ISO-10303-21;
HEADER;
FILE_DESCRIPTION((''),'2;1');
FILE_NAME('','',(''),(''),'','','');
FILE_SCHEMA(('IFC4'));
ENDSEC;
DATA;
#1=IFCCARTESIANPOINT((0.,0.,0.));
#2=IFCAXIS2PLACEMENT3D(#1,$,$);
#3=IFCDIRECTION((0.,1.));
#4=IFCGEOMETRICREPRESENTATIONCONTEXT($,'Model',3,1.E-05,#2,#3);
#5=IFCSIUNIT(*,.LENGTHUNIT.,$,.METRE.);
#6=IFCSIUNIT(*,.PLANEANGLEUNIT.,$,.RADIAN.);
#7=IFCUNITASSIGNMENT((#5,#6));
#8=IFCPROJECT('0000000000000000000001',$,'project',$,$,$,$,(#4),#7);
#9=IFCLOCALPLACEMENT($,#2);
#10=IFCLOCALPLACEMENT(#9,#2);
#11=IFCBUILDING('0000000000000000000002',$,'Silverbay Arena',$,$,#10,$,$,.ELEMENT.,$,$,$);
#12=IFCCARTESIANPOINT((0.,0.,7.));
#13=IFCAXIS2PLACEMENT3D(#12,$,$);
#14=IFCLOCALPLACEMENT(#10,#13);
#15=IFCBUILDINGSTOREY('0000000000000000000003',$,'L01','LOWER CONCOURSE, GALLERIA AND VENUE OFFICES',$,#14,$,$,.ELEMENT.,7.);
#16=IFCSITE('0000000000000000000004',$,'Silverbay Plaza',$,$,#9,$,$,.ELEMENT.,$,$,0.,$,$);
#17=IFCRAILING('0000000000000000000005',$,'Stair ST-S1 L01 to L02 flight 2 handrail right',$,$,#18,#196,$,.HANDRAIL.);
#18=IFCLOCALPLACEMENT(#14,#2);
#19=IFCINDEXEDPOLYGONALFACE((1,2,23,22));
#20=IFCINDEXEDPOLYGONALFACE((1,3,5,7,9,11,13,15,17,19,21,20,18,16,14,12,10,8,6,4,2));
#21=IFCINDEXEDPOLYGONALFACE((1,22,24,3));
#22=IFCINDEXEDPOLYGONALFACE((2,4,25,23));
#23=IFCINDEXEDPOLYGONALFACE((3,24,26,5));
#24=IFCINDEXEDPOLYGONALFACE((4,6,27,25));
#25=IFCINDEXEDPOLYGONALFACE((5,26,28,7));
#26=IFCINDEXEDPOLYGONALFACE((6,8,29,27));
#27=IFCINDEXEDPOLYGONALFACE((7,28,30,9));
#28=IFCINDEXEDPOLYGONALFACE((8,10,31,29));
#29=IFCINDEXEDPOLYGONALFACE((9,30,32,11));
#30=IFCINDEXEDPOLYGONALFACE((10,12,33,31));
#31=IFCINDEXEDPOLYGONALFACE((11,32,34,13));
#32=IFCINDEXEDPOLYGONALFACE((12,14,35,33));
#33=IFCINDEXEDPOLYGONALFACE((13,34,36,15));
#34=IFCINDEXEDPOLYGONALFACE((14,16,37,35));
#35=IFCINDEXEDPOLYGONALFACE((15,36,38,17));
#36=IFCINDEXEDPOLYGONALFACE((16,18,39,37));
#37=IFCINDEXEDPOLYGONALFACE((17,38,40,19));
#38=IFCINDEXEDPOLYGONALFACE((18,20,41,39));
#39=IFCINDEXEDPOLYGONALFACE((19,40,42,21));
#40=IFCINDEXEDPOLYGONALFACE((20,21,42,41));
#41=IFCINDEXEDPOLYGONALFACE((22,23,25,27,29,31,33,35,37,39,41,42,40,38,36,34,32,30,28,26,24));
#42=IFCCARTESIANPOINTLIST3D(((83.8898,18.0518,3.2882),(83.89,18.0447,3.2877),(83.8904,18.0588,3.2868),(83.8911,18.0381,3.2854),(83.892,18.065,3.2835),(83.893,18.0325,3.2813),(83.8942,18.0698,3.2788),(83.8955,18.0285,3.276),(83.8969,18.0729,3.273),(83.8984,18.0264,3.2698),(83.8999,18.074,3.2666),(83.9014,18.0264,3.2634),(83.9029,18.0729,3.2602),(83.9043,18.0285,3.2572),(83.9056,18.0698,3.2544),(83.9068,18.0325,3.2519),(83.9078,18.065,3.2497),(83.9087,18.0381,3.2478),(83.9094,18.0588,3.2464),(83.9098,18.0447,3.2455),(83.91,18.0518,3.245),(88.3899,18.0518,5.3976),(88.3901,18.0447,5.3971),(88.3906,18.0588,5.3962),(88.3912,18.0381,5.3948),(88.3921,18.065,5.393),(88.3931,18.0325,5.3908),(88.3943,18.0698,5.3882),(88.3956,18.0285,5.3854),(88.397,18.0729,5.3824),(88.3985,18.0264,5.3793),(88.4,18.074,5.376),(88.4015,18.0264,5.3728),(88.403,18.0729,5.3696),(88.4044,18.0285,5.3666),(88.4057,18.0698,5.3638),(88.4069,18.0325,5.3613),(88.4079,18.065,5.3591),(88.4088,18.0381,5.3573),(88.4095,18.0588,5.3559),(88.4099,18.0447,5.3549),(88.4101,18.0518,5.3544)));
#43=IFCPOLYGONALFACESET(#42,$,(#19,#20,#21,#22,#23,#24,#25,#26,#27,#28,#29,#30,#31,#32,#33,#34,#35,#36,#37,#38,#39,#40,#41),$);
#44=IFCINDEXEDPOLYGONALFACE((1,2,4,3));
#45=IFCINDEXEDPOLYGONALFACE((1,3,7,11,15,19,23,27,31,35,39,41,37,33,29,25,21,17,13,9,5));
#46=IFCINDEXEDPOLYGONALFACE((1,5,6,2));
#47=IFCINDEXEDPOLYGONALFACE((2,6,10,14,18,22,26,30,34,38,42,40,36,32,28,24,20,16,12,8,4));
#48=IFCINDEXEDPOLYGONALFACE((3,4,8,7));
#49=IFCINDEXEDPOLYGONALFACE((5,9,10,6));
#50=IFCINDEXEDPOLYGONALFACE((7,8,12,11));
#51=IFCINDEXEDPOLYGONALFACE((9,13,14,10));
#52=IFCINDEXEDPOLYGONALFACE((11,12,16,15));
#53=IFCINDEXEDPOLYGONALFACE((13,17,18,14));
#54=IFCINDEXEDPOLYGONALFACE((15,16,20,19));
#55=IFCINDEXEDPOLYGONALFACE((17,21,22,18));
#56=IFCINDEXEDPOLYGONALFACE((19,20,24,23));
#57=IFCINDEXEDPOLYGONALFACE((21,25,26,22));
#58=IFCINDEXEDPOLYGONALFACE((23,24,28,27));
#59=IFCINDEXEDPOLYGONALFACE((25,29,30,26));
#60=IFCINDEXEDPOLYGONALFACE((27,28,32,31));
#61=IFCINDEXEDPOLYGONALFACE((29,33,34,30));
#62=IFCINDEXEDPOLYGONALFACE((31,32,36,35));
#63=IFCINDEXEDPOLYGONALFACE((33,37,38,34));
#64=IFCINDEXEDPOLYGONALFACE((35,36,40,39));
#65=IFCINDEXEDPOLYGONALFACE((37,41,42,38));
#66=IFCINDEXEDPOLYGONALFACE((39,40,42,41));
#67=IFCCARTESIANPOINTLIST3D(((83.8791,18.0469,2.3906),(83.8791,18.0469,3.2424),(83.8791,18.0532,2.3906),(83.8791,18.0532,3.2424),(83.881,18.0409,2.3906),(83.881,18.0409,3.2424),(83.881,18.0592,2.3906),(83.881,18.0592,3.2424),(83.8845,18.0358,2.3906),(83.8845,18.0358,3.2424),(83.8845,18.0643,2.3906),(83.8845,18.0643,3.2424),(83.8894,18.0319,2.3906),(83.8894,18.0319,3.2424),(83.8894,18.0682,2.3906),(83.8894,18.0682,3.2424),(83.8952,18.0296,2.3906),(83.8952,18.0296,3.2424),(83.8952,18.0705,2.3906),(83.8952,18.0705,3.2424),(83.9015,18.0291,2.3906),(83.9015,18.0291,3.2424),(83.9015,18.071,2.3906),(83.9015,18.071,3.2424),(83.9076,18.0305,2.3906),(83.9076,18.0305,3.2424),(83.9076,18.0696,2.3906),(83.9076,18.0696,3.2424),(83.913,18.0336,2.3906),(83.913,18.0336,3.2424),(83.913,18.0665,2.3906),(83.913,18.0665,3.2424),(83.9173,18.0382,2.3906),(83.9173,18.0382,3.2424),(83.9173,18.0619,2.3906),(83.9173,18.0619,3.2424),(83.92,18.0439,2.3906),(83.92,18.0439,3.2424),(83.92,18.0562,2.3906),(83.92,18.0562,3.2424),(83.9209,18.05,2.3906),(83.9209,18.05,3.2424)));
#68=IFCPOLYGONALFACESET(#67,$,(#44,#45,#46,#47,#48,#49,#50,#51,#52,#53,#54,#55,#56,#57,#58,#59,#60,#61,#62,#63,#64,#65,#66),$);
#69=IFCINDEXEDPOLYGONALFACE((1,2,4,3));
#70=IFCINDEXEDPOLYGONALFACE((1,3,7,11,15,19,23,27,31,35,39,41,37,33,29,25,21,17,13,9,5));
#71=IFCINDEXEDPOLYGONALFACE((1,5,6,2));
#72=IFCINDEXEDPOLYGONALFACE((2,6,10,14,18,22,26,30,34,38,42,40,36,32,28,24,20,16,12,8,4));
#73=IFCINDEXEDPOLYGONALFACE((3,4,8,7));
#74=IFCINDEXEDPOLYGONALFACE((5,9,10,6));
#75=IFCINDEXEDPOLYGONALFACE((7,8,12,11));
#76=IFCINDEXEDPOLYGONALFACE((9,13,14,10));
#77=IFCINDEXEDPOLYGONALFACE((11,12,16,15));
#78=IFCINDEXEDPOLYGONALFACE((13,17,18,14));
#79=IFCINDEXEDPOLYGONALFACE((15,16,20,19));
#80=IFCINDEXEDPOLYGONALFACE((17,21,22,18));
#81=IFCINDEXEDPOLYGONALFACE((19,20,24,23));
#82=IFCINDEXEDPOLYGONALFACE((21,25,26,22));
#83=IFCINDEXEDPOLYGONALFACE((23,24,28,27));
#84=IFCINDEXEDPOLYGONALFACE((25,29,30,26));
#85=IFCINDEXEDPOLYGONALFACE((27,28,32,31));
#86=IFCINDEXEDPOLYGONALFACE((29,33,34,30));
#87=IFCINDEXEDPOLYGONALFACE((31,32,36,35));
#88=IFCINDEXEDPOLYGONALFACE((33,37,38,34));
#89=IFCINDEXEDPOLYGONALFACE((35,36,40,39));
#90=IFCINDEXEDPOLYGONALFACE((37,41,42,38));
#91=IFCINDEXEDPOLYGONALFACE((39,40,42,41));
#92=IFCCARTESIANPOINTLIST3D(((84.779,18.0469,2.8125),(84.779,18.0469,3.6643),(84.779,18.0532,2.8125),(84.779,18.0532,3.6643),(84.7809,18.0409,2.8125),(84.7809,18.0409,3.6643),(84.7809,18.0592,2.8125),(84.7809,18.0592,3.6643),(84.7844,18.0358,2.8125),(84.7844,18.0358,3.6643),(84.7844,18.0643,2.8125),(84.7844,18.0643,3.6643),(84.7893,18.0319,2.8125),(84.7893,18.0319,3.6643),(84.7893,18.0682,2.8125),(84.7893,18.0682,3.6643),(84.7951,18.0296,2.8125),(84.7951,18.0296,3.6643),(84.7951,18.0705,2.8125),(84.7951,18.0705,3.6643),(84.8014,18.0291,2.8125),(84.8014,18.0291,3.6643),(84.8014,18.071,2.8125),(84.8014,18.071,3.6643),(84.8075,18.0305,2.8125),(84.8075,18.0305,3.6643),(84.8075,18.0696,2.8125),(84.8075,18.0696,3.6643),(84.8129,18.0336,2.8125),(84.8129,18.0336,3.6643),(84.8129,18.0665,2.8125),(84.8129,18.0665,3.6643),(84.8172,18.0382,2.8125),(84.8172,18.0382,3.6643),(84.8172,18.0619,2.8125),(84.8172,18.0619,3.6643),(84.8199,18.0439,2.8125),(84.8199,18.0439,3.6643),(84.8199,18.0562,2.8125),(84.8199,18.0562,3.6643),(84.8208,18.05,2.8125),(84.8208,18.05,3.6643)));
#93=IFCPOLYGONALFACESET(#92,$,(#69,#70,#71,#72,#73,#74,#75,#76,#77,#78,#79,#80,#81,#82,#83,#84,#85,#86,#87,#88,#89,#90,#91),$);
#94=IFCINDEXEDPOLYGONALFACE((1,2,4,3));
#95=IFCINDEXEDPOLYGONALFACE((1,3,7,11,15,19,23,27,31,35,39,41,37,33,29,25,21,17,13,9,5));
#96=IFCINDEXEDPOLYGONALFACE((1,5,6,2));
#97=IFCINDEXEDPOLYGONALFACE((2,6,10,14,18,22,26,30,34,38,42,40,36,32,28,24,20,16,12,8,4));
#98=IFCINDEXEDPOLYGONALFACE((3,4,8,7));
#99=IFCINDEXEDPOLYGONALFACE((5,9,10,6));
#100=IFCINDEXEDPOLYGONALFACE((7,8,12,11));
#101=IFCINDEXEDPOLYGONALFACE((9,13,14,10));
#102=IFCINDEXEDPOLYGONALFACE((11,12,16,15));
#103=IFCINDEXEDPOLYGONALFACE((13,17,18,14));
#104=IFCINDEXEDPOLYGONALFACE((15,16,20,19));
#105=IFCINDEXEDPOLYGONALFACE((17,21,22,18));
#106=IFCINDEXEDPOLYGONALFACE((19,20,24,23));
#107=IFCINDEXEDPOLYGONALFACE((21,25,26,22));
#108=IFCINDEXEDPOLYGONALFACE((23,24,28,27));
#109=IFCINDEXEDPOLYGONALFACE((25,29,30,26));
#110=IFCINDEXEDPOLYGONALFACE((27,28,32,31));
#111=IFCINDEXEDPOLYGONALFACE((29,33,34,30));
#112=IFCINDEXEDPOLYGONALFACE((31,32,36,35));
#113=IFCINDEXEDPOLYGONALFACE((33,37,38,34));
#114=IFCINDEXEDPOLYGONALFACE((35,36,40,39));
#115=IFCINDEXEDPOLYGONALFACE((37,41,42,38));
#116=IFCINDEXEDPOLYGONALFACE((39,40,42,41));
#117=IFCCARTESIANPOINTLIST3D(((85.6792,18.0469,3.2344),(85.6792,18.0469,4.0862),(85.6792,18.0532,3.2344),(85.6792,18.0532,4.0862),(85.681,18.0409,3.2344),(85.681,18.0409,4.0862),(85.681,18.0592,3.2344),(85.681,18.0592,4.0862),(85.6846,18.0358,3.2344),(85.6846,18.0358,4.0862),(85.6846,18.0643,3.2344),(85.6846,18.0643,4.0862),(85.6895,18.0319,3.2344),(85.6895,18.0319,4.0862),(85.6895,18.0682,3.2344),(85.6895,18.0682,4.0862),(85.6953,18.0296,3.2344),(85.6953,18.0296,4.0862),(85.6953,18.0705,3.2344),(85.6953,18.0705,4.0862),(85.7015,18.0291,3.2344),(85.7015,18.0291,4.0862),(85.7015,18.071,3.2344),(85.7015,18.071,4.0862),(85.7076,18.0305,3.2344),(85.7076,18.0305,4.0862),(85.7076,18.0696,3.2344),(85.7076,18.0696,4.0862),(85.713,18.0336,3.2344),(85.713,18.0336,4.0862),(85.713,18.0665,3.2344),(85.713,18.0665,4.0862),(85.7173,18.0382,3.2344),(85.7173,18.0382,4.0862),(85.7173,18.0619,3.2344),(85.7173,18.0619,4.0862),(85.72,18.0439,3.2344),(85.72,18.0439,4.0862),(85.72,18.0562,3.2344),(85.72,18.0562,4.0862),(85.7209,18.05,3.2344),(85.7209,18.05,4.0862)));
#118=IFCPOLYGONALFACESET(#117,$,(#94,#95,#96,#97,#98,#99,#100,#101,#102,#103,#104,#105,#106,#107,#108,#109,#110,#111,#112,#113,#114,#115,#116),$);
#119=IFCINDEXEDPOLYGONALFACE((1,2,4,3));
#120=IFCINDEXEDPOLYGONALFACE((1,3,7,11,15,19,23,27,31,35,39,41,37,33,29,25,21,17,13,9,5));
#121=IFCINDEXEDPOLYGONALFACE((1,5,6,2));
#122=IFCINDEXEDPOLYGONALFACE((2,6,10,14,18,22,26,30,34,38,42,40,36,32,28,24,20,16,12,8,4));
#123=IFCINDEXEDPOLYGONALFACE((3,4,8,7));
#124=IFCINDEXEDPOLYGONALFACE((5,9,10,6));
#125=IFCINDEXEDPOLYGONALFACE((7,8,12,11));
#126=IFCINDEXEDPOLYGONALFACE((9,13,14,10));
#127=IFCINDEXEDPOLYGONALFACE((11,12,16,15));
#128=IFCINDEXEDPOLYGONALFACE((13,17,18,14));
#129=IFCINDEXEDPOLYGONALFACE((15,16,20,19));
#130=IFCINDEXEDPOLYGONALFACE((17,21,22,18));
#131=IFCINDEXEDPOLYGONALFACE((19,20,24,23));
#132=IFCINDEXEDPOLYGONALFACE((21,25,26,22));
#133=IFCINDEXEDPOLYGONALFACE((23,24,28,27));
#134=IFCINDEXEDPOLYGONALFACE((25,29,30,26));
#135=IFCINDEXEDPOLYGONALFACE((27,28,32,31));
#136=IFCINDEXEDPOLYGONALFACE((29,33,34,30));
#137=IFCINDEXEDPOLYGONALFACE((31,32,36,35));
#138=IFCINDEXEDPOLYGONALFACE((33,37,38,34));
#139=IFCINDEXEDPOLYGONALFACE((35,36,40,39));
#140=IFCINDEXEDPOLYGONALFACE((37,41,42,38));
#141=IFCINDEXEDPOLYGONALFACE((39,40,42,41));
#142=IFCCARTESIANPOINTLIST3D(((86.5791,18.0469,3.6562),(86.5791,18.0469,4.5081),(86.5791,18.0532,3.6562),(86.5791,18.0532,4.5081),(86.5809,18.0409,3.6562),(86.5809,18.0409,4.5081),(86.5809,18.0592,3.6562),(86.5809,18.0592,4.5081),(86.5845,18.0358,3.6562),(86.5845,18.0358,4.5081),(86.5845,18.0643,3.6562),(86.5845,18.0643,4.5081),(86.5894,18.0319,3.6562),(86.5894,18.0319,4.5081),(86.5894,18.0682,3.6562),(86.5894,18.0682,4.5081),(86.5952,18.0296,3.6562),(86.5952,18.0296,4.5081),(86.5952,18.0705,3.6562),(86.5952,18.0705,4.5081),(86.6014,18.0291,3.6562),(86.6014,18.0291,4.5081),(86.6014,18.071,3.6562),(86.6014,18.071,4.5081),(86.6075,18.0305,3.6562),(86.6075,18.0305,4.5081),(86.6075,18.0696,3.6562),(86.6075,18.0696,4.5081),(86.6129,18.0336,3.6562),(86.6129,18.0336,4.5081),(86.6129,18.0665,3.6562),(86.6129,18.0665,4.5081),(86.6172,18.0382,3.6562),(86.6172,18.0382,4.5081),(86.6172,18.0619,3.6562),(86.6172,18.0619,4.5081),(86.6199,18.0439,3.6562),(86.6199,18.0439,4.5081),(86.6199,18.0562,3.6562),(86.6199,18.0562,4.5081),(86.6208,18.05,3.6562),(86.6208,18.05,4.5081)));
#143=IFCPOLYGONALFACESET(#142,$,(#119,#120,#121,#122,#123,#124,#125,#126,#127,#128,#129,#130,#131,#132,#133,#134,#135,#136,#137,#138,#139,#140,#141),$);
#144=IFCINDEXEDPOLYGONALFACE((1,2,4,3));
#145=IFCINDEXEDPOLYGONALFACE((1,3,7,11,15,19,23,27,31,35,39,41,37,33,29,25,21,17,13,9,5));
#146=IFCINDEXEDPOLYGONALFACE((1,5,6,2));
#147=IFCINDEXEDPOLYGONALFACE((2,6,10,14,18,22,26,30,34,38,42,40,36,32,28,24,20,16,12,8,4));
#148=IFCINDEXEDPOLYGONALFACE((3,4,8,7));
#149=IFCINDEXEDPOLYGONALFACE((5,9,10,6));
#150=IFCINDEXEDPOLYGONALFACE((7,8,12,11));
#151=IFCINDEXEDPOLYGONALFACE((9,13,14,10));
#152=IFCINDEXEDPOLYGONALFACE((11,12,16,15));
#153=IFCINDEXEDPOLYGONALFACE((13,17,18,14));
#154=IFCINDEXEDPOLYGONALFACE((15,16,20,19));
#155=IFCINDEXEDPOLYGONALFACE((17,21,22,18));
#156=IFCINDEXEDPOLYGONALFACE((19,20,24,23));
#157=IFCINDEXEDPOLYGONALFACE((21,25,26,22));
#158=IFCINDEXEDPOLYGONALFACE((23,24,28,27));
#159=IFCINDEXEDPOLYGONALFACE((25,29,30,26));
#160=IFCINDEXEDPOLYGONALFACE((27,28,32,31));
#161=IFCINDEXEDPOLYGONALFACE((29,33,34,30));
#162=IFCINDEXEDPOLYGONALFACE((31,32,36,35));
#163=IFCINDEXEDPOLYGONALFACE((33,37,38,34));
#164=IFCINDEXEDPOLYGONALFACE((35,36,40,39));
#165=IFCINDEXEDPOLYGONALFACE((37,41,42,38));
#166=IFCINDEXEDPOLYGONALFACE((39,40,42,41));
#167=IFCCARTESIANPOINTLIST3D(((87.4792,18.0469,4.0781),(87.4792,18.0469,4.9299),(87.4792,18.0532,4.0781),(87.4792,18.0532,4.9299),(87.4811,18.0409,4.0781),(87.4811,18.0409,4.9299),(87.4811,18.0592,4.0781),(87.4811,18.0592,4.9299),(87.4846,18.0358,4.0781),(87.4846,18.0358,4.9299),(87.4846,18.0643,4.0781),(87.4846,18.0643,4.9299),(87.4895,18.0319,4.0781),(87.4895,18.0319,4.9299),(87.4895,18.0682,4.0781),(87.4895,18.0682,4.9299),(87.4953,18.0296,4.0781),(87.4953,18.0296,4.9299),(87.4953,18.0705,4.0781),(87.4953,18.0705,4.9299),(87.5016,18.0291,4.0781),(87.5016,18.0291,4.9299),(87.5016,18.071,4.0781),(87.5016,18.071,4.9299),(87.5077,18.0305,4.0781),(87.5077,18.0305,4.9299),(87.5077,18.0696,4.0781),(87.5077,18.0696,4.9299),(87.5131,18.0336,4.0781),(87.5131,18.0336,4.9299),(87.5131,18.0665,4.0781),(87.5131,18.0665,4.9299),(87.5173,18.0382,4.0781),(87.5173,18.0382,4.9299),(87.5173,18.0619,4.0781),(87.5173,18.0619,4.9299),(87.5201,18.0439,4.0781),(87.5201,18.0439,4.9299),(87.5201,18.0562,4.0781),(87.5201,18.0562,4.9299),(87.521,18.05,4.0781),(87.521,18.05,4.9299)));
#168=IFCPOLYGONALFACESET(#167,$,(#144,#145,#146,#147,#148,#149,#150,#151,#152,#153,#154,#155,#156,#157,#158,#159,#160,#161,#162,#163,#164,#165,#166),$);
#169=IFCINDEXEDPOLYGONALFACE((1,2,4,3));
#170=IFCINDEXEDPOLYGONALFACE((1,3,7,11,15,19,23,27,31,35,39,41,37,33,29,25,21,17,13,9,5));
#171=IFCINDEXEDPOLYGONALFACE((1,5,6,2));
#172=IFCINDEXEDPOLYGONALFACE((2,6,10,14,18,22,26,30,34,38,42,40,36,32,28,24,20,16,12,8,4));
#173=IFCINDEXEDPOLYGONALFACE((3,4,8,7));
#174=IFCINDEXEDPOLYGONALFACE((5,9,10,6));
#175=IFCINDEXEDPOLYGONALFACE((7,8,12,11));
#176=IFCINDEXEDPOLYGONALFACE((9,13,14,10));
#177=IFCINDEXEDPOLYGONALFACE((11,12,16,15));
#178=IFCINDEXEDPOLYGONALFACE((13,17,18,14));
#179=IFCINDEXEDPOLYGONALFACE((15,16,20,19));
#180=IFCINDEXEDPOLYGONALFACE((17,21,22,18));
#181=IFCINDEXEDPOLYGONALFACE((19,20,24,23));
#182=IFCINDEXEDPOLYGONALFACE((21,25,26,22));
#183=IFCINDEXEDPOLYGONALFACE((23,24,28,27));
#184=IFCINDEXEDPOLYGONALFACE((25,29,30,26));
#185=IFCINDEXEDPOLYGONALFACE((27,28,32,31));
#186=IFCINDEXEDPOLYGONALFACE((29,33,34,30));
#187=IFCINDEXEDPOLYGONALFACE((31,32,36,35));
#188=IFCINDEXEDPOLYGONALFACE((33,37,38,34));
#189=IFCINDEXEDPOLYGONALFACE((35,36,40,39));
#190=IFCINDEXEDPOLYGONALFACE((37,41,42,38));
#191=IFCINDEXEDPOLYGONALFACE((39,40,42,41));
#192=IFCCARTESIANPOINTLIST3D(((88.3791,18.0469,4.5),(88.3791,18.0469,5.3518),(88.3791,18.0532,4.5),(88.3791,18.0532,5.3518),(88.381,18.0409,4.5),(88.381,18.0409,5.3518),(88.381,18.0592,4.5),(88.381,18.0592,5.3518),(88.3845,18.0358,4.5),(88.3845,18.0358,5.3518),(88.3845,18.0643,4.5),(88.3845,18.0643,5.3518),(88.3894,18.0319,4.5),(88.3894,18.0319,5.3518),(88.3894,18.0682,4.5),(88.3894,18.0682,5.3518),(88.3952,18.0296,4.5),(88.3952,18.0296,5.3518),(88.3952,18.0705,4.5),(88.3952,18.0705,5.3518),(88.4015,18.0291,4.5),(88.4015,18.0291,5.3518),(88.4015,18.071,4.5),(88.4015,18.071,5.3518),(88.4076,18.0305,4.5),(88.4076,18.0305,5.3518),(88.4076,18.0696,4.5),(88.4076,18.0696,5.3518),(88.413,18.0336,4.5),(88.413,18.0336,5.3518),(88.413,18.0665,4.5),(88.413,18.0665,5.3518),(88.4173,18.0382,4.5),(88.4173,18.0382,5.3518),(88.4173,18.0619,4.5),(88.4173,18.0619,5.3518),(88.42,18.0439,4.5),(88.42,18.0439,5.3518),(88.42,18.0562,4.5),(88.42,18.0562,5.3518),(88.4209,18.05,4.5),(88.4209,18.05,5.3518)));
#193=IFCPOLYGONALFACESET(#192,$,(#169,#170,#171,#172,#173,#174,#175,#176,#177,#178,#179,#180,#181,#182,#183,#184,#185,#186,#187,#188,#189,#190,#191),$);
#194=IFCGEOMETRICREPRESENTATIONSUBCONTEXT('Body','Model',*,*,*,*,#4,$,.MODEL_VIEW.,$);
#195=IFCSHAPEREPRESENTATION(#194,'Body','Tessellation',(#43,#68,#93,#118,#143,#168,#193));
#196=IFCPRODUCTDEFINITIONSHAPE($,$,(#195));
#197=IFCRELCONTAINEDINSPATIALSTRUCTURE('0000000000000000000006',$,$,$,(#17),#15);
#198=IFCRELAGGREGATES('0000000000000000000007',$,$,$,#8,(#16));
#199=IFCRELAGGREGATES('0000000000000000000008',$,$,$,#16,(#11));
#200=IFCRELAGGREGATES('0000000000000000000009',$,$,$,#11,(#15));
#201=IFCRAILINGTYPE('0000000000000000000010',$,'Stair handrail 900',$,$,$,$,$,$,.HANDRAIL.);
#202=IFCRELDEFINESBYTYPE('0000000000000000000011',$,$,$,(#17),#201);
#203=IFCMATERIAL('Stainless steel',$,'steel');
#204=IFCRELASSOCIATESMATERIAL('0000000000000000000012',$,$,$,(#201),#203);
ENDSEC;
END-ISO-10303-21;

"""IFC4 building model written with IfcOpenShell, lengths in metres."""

from ifc_helpers import new_model, si_unit, direction, frame, origin, origin_2d, place, context, subcontext, project, spatial, circle, extrude, material, type_object, element, save


model = new_model("IFC4")

# Units and contexts
model_context = context("Model", 3, precision=1e-05, world=origin(), true_north=direction((0.0, 1.0)))
body_context = subcontext(model_context, "Body", "Model", "MODEL_VIEW")
ifc_project = project(units=[si_unit("LENGTHUNIT", "METRE"), si_unit("PLANEANGLEUNIT", "RADIAN")], contexts=[model_context])

# Site, building, storey
site_placement = place(None, origin())
site = spatial("IfcSite", under=ifc_project, at=site_placement, Name="Silverbay Plaza", CompositionType="ELEMENT", RefElevation=0.0)
building_placement = place(site_placement, origin())
building = spatial("IfcBuilding", under=site, at=building_placement, Name="Silverbay Arena", CompositionType="ELEMENT")
storey_placement = place(building_placement, frame((0.0, 0.0, 7.0)))
storey = spatial("IfcBuildingStorey", under=building, at=storey_placement, Name="L01", Description="LOWER CONCOURSE, GALLERIA AND VENUE OFFICES", CompositionType="ELEMENT", Elevation=7.0)

# Railing
ifc_material_1 = material(Name="Stainless steel", Category="steel")
railing_type_1 = type_object("IfcRailingType", Name="Stair handrail 900", PredefinedType="HANDRAIL", material=ifc_material_1)
for number, where, name in (
    (1, (83.8999, 18.05, 2.3906), "Stair ST-S1 L01 to L02 flight 2 handrail right"),
):
    element("IfcRailing", number, at=place(storey_placement, frame(where)), inside=storey, type_object=railing_type_1, Name=name, PredefinedType="HANDRAIL", context=body_context, shape_type="SweptSolid", body=[
        extrude(circle(Radius=0.0239, at=origin_2d()), frame((0.0, 0.0, 0.876), z_axis=(0.905459, 0.0, 0.424434), x_axis=(0.0, 1.0, 0.0)), (0.0, 0.0, 1.0), 4.97),
        extrude(circle(Radius=0.021, at=origin_2d()), origin(), (0.0, 0.0, 1.0), 0.8518),
        extrude(circle(Radius=0.021, at=origin_2d()), frame((0.8999, 0.0, 0.4219)), (0.0, 0.0, 1.0), 0.8518),
        extrude(circle(Radius=0.021, at=origin_2d()), frame((1.8, 0.0, 0.8438)), (0.0, 0.0, 1.0), 0.8518),
        extrude(circle(Radius=0.021, at=origin_2d()), frame((2.7, 0.0, 1.2656)), (0.0, 0.0, 1.0), 0.8518),
        extrude(circle(Radius=0.021, at=origin_2d()), frame((3.6001, 0.0, 1.6875)), (0.0, 0.0, 1.0), 0.8518),
        extrude(circle(Radius=0.021, at=origin_2d()), frame((4.5, 0.0, 2.1094)), (0.0, 0.0, 1.0), 0.8518),
    ])

save(model, "model.ifc")
